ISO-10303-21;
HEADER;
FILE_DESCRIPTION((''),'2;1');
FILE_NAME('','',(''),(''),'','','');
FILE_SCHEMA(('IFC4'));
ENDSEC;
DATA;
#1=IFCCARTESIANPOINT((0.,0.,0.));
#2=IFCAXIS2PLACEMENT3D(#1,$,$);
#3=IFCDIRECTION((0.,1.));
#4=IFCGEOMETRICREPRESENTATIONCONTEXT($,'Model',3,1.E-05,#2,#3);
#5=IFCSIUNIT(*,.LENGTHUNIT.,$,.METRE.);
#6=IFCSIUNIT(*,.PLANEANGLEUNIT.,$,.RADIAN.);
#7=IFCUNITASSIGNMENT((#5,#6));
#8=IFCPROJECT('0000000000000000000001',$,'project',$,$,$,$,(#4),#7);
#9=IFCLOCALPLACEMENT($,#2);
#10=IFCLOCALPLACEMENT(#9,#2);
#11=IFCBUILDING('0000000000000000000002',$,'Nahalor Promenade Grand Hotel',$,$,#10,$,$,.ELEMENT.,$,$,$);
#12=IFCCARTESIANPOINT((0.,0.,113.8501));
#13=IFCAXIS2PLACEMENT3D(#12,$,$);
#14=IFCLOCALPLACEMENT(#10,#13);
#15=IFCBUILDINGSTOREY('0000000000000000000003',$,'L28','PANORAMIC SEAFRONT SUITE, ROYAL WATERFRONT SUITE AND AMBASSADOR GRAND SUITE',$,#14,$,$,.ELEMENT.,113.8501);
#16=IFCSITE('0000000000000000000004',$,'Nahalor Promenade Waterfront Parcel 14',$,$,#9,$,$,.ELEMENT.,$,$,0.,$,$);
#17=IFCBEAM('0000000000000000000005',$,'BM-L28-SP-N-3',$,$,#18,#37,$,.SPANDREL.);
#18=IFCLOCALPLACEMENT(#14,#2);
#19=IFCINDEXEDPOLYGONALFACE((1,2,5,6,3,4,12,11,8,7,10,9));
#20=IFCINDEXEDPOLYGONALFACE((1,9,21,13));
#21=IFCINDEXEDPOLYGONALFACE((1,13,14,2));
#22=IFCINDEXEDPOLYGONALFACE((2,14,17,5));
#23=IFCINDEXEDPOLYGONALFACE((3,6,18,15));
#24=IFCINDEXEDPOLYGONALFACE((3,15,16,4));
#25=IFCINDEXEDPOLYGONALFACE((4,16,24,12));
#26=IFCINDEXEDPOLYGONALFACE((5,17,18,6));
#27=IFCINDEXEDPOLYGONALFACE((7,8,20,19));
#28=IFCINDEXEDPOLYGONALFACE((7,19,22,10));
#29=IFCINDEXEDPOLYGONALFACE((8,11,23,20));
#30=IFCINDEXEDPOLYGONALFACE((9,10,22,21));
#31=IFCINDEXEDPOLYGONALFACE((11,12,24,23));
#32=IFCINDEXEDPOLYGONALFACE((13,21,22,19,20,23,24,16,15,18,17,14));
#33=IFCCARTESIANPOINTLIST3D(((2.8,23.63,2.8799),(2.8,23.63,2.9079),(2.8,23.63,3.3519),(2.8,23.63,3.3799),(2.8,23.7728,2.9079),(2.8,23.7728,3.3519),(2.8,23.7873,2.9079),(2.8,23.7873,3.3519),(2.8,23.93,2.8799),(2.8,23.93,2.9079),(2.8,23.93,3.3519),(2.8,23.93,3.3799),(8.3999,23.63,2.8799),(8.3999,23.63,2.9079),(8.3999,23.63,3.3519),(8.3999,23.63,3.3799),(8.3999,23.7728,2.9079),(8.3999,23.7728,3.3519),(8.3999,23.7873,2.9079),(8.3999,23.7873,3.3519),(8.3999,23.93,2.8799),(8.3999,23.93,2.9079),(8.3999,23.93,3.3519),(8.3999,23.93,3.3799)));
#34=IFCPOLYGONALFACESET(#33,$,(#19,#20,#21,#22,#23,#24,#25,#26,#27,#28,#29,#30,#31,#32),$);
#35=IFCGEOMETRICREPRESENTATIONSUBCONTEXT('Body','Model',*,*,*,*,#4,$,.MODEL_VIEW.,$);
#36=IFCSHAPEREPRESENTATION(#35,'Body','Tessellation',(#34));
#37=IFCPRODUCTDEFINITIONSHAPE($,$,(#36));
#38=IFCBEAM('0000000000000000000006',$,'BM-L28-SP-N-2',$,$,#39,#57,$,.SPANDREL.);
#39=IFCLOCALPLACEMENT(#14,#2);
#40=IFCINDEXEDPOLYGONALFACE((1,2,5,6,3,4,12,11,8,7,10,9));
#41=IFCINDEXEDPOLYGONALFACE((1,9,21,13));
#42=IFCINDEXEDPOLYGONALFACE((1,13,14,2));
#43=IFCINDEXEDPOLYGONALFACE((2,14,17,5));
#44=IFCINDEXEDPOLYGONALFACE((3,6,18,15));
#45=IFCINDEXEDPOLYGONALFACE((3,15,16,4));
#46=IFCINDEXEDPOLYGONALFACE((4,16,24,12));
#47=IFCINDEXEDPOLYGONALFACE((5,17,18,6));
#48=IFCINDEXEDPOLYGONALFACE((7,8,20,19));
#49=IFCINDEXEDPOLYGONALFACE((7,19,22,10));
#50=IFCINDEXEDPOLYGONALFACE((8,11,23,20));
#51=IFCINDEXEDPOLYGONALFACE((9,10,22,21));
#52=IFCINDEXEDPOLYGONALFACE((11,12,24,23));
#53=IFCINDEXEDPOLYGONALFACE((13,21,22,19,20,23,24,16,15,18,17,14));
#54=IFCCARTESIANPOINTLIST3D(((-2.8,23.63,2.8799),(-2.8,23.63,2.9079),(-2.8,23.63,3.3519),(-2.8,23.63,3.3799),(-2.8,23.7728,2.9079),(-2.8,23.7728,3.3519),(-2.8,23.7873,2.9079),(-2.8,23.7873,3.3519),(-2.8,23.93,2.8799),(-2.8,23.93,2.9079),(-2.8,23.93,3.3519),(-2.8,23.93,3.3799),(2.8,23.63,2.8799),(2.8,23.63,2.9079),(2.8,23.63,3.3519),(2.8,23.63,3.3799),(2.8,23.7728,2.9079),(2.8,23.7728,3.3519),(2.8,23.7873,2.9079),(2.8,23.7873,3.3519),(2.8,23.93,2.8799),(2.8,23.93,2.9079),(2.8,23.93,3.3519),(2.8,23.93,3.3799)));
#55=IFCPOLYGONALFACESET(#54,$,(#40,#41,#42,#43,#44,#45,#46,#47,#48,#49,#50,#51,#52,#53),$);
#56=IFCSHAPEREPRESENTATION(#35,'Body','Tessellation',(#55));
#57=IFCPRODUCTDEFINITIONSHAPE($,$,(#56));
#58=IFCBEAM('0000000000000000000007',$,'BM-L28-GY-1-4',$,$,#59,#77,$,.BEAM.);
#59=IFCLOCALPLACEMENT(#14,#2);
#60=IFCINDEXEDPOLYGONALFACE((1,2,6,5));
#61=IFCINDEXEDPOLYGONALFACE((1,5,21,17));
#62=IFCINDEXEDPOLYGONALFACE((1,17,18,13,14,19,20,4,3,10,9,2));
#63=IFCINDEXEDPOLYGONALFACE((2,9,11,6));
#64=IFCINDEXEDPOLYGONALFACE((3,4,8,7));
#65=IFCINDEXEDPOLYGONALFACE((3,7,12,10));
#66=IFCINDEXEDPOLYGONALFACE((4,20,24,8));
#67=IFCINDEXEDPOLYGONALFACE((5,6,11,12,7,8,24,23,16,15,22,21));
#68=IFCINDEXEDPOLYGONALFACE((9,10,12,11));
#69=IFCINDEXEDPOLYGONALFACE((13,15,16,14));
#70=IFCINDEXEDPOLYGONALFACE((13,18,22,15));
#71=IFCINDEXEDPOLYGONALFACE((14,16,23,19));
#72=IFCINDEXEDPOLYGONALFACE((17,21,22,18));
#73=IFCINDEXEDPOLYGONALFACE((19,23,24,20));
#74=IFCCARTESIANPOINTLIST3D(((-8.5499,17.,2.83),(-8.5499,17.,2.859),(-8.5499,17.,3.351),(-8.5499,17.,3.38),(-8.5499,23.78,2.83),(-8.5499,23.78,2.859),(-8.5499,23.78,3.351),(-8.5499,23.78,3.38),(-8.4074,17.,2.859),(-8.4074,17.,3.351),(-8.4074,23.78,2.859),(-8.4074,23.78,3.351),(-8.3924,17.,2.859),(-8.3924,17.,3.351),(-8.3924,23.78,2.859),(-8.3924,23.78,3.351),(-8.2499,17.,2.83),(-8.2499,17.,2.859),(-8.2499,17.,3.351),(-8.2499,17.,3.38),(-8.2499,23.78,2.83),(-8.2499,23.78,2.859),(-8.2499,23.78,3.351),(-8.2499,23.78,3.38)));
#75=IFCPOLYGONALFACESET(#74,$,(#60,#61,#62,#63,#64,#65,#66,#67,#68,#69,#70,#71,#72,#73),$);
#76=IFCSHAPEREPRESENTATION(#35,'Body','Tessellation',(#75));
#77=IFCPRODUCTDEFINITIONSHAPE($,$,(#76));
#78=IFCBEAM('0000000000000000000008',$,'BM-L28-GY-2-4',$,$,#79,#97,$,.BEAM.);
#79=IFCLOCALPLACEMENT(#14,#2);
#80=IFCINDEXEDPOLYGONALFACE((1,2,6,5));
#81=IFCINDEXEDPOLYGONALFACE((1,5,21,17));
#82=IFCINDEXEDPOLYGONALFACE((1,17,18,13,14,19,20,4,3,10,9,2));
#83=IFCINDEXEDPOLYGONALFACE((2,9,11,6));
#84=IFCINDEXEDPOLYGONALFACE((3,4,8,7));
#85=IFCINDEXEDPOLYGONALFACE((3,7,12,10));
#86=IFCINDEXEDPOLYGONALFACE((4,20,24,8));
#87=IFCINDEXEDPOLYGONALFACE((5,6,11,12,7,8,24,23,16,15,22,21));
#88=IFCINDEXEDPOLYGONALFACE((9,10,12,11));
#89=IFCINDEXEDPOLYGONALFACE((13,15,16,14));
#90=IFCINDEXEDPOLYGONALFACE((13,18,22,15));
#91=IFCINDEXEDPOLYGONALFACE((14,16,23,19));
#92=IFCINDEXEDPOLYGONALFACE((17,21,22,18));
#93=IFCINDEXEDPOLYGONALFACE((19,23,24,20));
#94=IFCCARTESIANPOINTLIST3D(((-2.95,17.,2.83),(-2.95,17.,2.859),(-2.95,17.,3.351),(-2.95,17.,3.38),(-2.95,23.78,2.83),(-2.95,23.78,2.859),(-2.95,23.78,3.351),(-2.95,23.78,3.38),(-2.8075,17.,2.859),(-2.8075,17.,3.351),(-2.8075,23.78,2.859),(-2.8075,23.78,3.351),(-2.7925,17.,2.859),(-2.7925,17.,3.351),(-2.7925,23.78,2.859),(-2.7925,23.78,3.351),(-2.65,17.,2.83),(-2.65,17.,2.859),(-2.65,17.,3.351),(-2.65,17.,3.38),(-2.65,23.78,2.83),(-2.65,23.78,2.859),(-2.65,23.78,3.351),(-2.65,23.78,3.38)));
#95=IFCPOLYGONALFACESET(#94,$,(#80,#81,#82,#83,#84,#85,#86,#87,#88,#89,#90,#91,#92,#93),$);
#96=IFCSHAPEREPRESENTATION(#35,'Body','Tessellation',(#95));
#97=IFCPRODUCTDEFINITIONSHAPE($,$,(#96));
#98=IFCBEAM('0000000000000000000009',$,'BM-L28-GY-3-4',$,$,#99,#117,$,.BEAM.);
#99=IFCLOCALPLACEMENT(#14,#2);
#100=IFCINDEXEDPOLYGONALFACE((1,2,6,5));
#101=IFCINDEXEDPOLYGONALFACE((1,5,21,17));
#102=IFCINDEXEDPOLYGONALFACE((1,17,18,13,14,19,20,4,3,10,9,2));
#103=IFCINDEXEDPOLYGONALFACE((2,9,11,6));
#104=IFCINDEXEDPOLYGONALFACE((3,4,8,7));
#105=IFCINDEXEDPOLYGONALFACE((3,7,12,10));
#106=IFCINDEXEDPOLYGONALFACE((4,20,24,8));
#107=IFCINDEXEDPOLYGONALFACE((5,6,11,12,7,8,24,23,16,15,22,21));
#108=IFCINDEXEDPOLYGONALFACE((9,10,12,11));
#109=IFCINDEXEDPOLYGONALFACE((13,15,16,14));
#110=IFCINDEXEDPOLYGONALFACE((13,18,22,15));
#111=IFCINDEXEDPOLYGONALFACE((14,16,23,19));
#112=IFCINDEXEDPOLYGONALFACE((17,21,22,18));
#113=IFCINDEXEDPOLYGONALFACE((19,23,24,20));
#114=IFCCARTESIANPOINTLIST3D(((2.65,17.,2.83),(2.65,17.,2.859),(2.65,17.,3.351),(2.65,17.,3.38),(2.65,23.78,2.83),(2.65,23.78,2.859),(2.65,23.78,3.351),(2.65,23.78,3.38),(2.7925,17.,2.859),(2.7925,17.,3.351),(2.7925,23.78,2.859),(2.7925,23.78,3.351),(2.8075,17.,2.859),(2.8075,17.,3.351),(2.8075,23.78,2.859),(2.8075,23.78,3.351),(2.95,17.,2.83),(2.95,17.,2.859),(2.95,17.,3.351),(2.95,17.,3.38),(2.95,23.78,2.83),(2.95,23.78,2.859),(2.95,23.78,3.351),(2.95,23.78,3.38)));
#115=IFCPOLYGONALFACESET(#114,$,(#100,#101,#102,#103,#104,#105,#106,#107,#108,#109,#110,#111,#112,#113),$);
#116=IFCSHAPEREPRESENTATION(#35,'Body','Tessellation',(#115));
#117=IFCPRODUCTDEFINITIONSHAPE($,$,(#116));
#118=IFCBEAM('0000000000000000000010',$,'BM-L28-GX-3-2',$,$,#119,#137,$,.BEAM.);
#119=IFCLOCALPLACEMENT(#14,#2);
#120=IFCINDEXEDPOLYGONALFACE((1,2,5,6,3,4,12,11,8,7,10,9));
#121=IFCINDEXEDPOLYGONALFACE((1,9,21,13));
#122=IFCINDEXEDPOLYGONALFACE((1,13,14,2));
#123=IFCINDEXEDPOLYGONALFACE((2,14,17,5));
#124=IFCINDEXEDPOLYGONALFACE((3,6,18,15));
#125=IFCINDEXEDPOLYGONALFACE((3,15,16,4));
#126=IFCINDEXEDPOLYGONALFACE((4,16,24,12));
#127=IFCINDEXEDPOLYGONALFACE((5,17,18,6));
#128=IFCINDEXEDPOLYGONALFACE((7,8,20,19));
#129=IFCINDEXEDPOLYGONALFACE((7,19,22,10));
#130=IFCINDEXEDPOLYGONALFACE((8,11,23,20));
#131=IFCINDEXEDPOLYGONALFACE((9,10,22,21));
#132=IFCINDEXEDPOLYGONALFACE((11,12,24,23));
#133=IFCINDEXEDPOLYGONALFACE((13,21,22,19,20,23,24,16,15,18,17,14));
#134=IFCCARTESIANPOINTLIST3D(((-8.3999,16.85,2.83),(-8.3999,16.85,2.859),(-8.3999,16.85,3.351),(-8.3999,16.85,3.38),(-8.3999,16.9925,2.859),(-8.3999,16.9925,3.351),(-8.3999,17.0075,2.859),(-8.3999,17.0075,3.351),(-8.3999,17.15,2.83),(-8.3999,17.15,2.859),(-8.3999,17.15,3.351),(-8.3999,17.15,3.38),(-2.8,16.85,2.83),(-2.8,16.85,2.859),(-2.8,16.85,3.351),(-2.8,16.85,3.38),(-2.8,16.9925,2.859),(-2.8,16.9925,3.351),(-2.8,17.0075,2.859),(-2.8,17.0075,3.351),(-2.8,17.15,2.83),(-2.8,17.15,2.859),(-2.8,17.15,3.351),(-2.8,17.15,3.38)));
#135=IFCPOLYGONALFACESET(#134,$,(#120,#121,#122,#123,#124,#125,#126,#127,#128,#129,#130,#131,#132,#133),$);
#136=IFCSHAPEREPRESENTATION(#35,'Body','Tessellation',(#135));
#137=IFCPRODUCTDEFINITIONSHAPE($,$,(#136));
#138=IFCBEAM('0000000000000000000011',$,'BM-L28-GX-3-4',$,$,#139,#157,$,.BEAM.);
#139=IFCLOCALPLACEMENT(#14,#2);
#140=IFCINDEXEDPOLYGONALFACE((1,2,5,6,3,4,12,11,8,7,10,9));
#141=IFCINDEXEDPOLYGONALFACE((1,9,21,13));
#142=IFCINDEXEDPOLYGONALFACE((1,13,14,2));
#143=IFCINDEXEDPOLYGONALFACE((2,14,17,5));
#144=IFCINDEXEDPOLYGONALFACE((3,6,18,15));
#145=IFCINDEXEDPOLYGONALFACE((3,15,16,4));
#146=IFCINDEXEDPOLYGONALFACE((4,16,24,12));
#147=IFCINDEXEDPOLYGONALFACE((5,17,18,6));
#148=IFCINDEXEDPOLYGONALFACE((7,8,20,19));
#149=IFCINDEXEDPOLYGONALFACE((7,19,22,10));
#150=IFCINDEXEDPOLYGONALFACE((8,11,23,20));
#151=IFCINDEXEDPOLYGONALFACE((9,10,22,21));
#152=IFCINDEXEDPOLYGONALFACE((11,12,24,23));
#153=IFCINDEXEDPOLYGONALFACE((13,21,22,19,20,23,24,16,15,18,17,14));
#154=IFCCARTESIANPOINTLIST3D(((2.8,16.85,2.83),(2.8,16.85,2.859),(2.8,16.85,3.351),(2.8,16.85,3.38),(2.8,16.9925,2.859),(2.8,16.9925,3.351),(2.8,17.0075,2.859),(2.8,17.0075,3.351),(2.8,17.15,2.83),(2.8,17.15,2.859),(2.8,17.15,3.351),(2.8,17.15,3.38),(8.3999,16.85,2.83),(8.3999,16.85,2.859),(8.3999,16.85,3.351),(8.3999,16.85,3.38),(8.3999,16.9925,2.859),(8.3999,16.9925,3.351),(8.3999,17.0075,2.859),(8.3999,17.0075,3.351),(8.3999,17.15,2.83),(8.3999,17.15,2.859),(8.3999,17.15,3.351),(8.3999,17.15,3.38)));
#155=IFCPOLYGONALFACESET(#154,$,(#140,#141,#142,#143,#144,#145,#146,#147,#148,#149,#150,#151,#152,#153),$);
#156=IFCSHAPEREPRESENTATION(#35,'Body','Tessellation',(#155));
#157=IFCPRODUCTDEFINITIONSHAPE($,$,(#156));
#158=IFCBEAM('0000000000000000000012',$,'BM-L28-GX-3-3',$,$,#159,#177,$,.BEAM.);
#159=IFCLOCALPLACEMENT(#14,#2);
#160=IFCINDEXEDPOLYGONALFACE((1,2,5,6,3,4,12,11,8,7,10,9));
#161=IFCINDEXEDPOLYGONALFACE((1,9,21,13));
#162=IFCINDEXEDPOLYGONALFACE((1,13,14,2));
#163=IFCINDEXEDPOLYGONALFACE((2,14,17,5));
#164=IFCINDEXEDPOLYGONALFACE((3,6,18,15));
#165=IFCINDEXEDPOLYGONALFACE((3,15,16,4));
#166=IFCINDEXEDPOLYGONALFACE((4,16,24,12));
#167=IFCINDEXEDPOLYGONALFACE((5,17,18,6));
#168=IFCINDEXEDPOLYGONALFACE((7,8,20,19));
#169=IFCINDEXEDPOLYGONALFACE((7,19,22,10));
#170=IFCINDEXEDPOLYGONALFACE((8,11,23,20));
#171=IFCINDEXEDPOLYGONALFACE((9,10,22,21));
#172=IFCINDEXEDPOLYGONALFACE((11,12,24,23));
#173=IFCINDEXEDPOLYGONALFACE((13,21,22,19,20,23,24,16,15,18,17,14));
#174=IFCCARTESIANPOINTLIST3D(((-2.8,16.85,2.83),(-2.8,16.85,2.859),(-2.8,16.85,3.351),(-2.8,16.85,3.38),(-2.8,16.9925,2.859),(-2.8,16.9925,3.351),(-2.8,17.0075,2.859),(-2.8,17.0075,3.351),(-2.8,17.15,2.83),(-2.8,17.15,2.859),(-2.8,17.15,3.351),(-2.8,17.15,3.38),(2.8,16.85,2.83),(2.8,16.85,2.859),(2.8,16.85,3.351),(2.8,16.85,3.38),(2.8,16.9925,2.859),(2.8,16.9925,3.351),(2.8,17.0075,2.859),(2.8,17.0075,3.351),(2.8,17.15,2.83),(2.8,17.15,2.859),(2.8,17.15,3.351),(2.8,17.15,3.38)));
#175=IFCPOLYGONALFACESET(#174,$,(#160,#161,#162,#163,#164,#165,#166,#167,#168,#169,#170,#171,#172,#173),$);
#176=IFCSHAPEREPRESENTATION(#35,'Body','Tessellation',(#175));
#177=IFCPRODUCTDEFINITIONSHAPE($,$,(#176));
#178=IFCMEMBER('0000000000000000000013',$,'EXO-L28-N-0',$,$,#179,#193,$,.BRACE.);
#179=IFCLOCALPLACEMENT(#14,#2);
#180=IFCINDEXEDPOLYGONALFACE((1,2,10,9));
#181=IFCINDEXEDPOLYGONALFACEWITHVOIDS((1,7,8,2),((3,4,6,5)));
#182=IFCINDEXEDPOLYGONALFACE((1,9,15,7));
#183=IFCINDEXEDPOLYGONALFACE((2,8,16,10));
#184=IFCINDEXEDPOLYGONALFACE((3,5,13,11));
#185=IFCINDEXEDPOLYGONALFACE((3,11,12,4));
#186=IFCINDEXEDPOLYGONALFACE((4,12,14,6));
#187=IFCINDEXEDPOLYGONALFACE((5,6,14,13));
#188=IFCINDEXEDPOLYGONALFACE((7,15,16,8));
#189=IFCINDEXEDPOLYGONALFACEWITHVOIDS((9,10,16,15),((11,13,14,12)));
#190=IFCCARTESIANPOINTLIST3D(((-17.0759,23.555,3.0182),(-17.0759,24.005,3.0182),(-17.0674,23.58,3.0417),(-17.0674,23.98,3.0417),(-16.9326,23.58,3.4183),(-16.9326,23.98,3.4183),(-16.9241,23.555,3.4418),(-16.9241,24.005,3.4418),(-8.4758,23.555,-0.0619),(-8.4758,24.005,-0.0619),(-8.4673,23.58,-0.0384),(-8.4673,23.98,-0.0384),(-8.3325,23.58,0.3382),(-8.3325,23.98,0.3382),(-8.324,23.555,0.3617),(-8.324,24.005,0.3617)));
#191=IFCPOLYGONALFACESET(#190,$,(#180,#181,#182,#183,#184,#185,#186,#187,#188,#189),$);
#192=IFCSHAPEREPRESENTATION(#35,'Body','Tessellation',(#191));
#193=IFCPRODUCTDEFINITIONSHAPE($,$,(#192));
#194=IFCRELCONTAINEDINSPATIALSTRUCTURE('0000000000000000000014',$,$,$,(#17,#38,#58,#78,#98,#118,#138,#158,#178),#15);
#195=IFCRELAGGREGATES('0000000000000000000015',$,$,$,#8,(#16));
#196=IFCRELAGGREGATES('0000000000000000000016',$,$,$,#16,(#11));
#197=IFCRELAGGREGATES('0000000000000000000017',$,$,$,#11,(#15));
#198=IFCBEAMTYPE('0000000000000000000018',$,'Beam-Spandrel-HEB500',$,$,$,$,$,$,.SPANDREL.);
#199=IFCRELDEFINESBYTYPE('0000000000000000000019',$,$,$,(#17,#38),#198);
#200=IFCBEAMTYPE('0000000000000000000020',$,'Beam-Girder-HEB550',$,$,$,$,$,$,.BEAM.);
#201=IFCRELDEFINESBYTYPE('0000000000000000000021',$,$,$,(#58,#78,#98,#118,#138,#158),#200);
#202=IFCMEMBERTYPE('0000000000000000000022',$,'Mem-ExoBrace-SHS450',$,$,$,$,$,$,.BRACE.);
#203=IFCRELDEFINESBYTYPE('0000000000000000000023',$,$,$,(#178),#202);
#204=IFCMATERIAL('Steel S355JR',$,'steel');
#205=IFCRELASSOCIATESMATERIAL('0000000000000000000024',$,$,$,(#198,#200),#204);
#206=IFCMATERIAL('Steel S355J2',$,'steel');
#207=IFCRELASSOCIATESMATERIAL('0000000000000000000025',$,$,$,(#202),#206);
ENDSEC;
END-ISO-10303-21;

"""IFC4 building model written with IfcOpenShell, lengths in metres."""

from ifc_helpers import new_model, si_unit, direction, frame, origin, origin_2d, place, context, subcontext, project, spatial, hollow_rectangle, i_section, extrude, source, transform, mapped, material, material_profile, profile_set, type_object, element, save


model = new_model("IFC4")

# Units and contexts
model_context = context("Model", 3, precision=1e-05, world=origin(), true_north=direction((0.0, 1.0)))
body_context = subcontext(model_context, "Body", "Model", "MODEL_VIEW")
ifc_project = project(units=[si_unit("LENGTHUNIT", "METRE"), si_unit("PLANEANGLEUNIT", "RADIAN")], contexts=[model_context])

# Site, building, storey
site_placement = place(None, origin())
site = spatial("IfcSite", under=ifc_project, at=site_placement, Name="Nahalor Promenade Waterfront Parcel 14", CompositionType="ELEMENT", RefElevation=0.0)
building_placement = place(site_placement, origin())
building = spatial("IfcBuilding", under=site, at=building_placement, Name="Nahalor Promenade Grand Hotel", CompositionType="ELEMENT")
storey_placement = place(building_placement, frame((0.0, 0.0, 113.8501)))
storey = spatial("IfcBuildingStorey", under=building, at=storey_placement, Name="L28", Description="PANORAMIC SEAFRONT SUITE, ROYAL WATERFRONT SUITE AND AMBASSADOR GRAND SUITE", CompositionType="ELEMENT", Elevation=113.8501)

# Shared definitions
ifc_material_1 = material(Name="Steel S355J2", Category="steel")

# Beams
ifc_material_2 = material(Name="Steel S355JR", Category="steel")
ifc_material_profile_1 = material_profile(ifc_material_2, i_section(OverallWidth=0.3, OverallDepth=0.5, WebThickness=0.0145, FlangeThickness=0.028, at=origin_2d()), Name="HEB 500")
ifc_profile_set_1 = profile_set([ifc_material_profile_1], Name="Steel S355JR")
beam_type_1 = type_object("IfcBeamType", Name="Beam-Spandrel-HEB500", PredefinedType="SPANDREL", material=ifc_profile_set_1)
shared_shape_1 = source(origin(), body_context, "Body", "SweptSolid", [
    extrude(i_section(OverallWidth=0.3, OverallDepth=0.5, WebThickness=0.0145, FlangeThickness=0.028, at=origin_2d()), origin(), (0.0, 0.0, 1.0), 5.5999),
])
for number, where, z_axis, x_axis, name in (
    (1, (2.8, 23.78, 3.1299), (1.0, 0.0, 0.0), (0.0, 1.0, 0.0), "BM-L28-SP-N-3"),
):
    element("IfcBeam", number, at=place(storey_placement, frame(where, z_axis=z_axis, x_axis=x_axis)), inside=storey, type_object=beam_type_1, Name=name, PredefinedType="SPANDREL", context=body_context, shape_type="MappedRepresentation", body=[
        mapped(shared_shape_1, transform((0.0, 0.0, 0.0), scale=1.0)),
    ])
shared_shape_2 = source(origin(), body_context, "Body", "SweptSolid", [
    extrude(i_section(OverallWidth=0.3, OverallDepth=0.5, WebThickness=0.0145, FlangeThickness=0.028, at=origin_2d()), origin(), (0.0, 0.0, 1.0), 5.6001),
])
beam_1_placement = place(storey_placement, frame((-2.8, 23.78, 3.1299), z_axis=(1.0, 0.0, 0.0), x_axis=(0.0, 1.0, 0.0)))
element("IfcBeam", 2, at=beam_1_placement, inside=storey, type_object=beam_type_1, Name="BM-L28-SP-N-2", PredefinedType="SPANDREL", context=body_context, shape_type="MappedRepresentation", body=[
    mapped(shared_shape_2, transform((0.0, 0.0, 0.0), scale=1.0)),
])
ifc_material_profile_2 = material_profile(ifc_material_2, i_section(OverallWidth=0.3, OverallDepth=0.55, WebThickness=0.015, FlangeThickness=0.029, at=origin_2d()), Name="HEB 550")
ifc_profile_set_2 = profile_set([ifc_material_profile_2], Name="Steel S355JR")
beam_type_2 = type_object("IfcBeamType", Name="Beam-Girder-HEB550", PredefinedType="BEAM", material=ifc_profile_set_2)
shared_shape_3 = source(origin(), body_context, "Body", "SweptSolid", [
    extrude(i_section(OverallWidth=0.3, OverallDepth=0.55, WebThickness=0.015, FlangeThickness=0.029, at=origin_2d()), origin(), (0.0, 0.0, 1.0), 6.78),
])
for number, where, z_axis, x_axis, name in (
    (3, (-8.3999, 17.0, 3.105), (0.0, 1.0, 0.0), (-1.0, 0.0, 0.0), "BM-L28-GY-1-4"),
    (4, (-2.8, 17.0, 3.105), (0.0, 1.0, 0.0), (-1.0, 0.0, 0.0), "BM-L28-GY-2-4"),
    (5, (2.8, 17.0, 3.105), (0.0, 1.0, 0.0), (-1.0, 0.0, 0.0), "BM-L28-GY-3-4"),
):
    element("IfcBeam", number, at=place(storey_placement, frame(where, z_axis=z_axis, x_axis=x_axis)), inside=storey, type_object=beam_type_2, Name=name, PredefinedType="BEAM", context=body_context, shape_type="MappedRepresentation", body=[
        mapped(shared_shape_3, transform((0.0, 0.0, 0.0), scale=1.0)),
    ])
shared_shape_4 = source(origin(), body_context, "Body", "SweptSolid", [
    extrude(i_section(OverallWidth=0.3, OverallDepth=0.55, WebThickness=0.015, FlangeThickness=0.029, at=origin_2d()), origin(), (0.0, 0.0, 1.0), 5.5999),
])
for number, where, z_axis, x_axis, name in (
    (6, (-8.3999, 17.0, 3.105), (1.0, 0.0, 0.0), (0.0, 1.0, 0.0), "BM-L28-GX-3-2"),
    (7, (2.8, 17.0, 3.105), (1.0, 0.0, 0.0), (0.0, 1.0, 0.0), "BM-L28-GX-3-4"),
):
    element("IfcBeam", number, at=place(storey_placement, frame(where, z_axis=z_axis, x_axis=x_axis)), inside=storey, type_object=beam_type_2, Name=name, PredefinedType="BEAM", context=body_context, shape_type="MappedRepresentation", body=[
        mapped(shared_shape_4, transform((0.0, 0.0, 0.0), scale=1.0)),
    ])
shared_shape_5 = source(origin(), body_context, "Body", "SweptSolid", [
    extrude(i_section(OverallWidth=0.3, OverallDepth=0.55, WebThickness=0.015, FlangeThickness=0.029, at=origin_2d()), origin(), (0.0, 0.0, 1.0), 5.6001),
])
beam_2_placement = place(storey_placement, frame((-2.8, 17.0, 3.105), z_axis=(1.0, 0.0, 0.0), x_axis=(0.0, 1.0, 0.0)))
element("IfcBeam", 8, at=beam_2_placement, inside=storey, type_object=beam_type_2, Name="BM-L28-GX-3-3", PredefinedType="BEAM", context=body_context, shape_type="MappedRepresentation", body=[
    mapped(shared_shape_5, transform((0.0, 0.0, 0.0), scale=1.0)),
])

# Member
ifc_material_profile_3 = material_profile(ifc_material_1, hollow_rectangle(XDim=0.45, YDim=0.45, WallThickness=0.025, at=origin_2d()), Name="SHS 450x450x25")
ifc_profile_set_3 = profile_set([ifc_material_profile_3], Name="Steel S355J2")
member_type_1 = type_object("IfcMemberType", Name="Mem-ExoBrace-SHS450", PredefinedType="BRACE", material=ifc_profile_set_3)
shared_shape_6 = source(origin(), body_context, "Body", "SweptSolid", [
    extrude(hollow_rectangle(XDim=0.45, YDim=0.45, WallThickness=0.025, at=origin_2d()), origin(), (0.0, 0.0, 1.0), 9.135),
])
member_1_placement = place(storey_placement, frame((-8.3999, 23.78, 0.1499), z_axis=(-0.941443, 0.0, 0.337173), x_axis=(0.0, -1.0, 0.0)))
element("IfcMember", 9, at=member_1_placement, inside=storey, type_object=member_type_1, Name="EXO-L28-N-0", PredefinedType="BRACE", context=body_context, shape_type="MappedRepresentation", body=[
    mapped(shared_shape_6, transform((0.0, 0.0, 0.0), scale=1.0)),
])

save(model, "model.ifc")
